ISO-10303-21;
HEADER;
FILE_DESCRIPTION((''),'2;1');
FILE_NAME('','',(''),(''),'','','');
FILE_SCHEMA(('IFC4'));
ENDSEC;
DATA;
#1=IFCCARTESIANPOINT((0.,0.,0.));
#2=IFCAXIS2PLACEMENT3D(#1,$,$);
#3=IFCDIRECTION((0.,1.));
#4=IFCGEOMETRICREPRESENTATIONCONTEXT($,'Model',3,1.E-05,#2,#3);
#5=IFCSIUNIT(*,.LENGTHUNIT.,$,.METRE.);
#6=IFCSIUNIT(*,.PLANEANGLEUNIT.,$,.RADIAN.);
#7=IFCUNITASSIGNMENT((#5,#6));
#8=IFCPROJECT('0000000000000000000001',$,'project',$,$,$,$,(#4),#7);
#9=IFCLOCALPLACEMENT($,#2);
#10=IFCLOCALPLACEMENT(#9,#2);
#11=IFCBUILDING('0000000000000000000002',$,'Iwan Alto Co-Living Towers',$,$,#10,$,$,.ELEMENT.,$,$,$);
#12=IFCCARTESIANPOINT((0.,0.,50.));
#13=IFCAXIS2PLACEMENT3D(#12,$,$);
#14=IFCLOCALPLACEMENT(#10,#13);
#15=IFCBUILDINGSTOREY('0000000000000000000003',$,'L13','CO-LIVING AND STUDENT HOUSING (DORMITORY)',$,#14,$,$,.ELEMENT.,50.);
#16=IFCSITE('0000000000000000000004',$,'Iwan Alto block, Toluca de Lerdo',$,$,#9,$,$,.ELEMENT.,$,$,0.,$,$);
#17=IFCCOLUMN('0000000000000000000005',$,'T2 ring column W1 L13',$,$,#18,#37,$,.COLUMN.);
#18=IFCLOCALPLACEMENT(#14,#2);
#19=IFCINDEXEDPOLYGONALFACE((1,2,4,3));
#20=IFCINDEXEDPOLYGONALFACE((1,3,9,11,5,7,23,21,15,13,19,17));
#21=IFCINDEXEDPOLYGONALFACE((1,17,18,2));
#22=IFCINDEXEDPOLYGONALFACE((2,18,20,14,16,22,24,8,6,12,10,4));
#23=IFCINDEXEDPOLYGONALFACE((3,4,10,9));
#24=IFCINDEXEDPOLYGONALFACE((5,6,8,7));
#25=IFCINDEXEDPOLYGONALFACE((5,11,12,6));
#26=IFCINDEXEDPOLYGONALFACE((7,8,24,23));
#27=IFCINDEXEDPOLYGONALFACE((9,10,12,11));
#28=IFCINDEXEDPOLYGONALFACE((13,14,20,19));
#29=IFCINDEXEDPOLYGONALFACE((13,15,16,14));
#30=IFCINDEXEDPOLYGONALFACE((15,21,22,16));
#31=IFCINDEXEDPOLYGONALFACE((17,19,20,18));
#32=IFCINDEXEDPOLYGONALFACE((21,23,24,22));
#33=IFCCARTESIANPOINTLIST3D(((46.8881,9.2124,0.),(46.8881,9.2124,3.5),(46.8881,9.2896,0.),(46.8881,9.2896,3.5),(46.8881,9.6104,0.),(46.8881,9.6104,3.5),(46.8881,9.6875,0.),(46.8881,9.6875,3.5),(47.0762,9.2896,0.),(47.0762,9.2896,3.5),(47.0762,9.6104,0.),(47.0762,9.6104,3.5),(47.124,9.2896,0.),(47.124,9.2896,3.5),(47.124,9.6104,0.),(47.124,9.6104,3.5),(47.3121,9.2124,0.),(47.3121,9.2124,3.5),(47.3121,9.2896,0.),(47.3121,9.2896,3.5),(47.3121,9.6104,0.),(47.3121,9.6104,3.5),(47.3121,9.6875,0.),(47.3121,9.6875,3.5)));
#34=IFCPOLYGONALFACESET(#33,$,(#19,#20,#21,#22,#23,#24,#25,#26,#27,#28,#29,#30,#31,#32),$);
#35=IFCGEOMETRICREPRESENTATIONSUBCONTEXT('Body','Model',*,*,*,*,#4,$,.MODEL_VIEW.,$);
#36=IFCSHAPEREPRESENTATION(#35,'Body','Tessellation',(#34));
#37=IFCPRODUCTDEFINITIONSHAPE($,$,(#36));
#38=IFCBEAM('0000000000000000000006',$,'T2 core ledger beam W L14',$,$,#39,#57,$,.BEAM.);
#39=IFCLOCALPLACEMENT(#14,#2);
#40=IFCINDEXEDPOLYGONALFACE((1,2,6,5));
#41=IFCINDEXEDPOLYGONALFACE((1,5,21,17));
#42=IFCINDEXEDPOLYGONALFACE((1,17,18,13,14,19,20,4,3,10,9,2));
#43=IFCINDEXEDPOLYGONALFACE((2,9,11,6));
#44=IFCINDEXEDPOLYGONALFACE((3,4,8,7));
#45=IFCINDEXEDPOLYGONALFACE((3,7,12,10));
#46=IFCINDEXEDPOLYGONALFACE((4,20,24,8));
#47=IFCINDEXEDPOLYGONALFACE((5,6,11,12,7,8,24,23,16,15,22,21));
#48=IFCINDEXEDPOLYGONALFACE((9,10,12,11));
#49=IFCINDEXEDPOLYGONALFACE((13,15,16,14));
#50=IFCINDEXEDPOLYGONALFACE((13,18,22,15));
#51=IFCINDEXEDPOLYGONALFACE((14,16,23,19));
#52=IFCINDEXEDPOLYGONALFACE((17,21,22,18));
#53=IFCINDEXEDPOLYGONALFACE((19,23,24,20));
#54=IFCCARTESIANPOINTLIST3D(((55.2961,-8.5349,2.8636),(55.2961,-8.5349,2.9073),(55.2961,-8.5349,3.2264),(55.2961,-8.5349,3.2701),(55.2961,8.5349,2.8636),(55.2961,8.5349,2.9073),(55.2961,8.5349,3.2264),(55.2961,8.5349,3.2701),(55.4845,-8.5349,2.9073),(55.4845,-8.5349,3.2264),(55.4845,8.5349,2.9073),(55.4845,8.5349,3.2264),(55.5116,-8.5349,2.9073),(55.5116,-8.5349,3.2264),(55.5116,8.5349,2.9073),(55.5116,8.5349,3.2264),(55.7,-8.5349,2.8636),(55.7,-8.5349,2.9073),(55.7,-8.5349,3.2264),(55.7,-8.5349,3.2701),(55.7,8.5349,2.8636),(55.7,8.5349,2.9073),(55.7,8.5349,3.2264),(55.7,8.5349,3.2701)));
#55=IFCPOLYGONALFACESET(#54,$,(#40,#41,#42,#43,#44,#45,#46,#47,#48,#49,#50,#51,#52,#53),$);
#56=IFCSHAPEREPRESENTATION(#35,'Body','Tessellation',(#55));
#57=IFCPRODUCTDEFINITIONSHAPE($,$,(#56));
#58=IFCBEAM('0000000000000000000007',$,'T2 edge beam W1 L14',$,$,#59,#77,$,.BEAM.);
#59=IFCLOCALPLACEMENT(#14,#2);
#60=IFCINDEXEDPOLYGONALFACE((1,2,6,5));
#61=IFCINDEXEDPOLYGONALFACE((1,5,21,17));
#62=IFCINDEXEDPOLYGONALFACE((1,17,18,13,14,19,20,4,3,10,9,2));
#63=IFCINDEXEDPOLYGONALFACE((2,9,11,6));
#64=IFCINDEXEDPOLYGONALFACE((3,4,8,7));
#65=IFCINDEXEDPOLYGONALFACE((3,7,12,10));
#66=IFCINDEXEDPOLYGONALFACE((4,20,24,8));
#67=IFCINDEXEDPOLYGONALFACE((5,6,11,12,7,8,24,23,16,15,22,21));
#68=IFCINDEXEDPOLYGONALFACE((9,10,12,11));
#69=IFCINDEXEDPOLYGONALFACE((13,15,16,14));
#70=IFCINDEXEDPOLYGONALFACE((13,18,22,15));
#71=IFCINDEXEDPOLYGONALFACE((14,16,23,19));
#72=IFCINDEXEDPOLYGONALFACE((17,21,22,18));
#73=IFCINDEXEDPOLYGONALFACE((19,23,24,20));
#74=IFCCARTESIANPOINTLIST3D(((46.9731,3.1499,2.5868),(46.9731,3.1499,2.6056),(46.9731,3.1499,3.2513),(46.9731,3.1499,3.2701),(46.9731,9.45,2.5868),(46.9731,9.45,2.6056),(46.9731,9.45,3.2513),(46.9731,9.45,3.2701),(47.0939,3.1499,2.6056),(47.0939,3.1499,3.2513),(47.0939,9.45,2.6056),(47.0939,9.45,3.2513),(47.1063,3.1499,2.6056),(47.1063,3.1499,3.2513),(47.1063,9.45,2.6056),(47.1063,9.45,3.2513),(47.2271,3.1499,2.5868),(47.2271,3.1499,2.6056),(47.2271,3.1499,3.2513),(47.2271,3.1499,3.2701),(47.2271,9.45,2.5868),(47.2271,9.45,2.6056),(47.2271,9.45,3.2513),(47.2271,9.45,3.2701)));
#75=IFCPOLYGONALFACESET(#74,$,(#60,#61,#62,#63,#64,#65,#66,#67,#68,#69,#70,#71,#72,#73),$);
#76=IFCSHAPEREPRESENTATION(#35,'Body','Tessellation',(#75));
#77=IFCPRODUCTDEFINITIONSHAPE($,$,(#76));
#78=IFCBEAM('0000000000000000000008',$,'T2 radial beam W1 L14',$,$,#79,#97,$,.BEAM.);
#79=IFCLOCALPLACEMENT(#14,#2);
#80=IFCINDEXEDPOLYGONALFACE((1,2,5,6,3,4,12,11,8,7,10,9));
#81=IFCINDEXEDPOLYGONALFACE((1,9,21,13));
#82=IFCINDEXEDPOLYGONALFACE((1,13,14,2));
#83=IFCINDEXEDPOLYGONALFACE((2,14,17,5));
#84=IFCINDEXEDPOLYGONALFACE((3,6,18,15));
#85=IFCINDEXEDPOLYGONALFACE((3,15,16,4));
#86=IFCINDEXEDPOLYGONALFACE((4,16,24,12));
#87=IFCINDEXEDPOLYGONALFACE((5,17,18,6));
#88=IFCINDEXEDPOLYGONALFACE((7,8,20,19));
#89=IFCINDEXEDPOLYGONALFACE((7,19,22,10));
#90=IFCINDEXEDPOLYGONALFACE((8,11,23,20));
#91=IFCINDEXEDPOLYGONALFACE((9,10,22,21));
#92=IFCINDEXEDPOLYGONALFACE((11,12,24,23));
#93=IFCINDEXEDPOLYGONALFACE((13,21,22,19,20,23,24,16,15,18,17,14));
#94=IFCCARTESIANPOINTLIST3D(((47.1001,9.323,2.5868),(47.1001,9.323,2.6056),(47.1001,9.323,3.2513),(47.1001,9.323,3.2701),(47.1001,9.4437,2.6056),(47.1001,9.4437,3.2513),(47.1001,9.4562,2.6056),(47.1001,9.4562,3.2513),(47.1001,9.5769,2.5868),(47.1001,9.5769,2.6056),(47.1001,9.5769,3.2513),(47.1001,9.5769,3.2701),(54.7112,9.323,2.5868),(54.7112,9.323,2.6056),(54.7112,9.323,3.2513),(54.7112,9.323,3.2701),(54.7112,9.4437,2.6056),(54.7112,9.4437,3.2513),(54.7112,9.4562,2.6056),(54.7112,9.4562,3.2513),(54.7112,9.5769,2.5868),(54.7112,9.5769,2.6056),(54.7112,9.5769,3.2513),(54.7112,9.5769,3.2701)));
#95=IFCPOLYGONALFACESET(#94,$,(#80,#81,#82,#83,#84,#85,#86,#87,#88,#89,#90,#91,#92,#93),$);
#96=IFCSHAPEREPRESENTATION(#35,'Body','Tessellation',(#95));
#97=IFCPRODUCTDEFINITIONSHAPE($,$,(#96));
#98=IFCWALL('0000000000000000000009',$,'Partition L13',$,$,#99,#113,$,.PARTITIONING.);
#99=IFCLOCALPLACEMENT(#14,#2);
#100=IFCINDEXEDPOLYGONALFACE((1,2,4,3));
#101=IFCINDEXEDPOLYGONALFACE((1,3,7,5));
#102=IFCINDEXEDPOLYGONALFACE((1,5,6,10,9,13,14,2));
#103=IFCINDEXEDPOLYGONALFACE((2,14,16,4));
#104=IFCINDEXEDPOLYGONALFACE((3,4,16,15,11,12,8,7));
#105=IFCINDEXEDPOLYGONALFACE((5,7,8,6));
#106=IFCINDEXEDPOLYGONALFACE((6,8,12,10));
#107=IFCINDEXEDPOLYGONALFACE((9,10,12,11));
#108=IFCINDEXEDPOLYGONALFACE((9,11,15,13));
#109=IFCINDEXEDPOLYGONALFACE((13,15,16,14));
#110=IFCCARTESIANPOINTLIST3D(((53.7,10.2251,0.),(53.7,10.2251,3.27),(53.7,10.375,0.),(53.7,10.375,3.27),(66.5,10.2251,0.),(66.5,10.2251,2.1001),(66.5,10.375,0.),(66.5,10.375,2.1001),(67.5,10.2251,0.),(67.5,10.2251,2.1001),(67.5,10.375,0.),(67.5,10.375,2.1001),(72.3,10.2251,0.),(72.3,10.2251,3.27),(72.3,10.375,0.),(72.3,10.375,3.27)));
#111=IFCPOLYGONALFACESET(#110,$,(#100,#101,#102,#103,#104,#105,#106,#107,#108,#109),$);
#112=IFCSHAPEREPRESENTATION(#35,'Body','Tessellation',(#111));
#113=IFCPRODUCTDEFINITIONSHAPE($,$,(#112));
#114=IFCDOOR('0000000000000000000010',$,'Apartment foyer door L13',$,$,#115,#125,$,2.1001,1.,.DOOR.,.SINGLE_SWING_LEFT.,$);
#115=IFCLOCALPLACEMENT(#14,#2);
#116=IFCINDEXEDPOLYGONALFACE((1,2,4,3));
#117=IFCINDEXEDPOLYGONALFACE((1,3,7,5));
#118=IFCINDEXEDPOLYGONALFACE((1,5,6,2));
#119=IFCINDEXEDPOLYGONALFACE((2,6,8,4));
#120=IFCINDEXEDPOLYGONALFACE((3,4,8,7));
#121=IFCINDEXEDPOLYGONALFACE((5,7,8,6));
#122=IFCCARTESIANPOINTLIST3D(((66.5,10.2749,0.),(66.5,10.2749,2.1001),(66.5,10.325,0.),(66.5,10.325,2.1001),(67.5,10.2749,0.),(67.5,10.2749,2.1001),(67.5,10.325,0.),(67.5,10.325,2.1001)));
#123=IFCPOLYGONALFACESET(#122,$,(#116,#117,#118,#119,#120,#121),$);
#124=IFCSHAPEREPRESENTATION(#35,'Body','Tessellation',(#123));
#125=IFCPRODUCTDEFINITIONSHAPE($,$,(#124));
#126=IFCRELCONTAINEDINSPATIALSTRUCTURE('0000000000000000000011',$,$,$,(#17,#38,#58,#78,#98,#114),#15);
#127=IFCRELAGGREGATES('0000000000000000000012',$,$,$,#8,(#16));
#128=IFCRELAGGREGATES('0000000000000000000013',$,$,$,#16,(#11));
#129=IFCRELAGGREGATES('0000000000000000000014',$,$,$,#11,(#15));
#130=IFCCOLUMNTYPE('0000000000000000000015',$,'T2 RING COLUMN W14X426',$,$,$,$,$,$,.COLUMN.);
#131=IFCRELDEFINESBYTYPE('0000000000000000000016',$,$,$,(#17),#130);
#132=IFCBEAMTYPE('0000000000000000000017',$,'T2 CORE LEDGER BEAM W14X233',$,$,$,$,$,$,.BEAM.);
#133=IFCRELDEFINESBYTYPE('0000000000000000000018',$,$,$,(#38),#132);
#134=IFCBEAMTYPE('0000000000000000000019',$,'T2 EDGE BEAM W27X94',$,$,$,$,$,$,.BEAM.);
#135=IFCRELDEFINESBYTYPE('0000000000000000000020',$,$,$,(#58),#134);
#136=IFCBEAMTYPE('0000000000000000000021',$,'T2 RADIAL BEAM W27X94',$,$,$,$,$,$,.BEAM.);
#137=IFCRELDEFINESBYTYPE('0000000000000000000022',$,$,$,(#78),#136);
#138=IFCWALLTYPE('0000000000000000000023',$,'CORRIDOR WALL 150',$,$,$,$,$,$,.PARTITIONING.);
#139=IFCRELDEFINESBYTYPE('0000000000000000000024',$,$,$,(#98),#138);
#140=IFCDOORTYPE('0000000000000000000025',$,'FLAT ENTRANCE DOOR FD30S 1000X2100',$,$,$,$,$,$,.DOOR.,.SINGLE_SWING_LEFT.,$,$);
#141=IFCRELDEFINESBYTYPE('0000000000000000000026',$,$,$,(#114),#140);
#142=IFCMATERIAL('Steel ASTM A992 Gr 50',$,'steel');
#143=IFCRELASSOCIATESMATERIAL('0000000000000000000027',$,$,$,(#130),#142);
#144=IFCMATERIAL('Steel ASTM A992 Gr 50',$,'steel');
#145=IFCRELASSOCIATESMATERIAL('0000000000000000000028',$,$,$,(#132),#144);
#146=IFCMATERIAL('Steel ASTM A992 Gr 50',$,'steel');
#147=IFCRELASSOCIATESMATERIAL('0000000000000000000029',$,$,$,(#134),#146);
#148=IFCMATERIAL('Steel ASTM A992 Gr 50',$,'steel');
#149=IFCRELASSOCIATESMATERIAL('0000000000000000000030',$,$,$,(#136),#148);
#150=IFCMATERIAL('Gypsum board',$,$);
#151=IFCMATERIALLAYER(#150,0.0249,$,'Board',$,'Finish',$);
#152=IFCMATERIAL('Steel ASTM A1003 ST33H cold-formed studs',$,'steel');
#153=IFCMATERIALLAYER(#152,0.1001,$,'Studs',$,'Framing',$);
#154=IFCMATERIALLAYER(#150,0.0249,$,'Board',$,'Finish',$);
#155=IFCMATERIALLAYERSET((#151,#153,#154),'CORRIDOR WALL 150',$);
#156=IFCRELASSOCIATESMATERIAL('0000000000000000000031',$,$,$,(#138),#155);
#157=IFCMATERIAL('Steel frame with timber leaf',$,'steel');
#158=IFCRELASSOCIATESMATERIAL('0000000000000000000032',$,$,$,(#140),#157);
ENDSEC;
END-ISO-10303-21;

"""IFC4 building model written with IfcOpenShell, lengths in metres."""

from ifc_helpers import new_model, si_unit, direction, frame, frame_2d, origin, origin_2d, place, context, subcontext, project, spatial, rectangle, i_section, extrude, material, layer, layer_set, material_profile, profile_set, type_object, element, fill, save


model = new_model("IFC4")

# Units and contexts
model_context = context("Model", 3, precision=1e-05, world=origin(), true_north=direction((0.0, 1.0)))
body_context = subcontext(model_context, "Body", "Model", "MODEL_VIEW")
ifc_project = project(units=[si_unit("LENGTHUNIT", "METRE"), si_unit("PLANEANGLEUNIT", "RADIAN")], contexts=[model_context])

# Site, building, storey
site_placement = place(None, origin())
site = spatial("IfcSite", under=ifc_project, at=site_placement, Name="Iwan Alto block, Toluca de Lerdo", CompositionType="ELEMENT", RefElevation=0.0)
building_placement = place(site_placement, origin())
building = spatial("IfcBuilding", under=site, at=building_placement, Name="Iwan Alto Co-Living Towers", CompositionType="ELEMENT")
storey_placement = place(building_placement, frame((0.0, 0.0, 50.0)))
storey = spatial("IfcBuildingStorey", under=building, at=storey_placement, Name="L13", Description="CO-LIVING AND STUDENT HOUSING (DORMITORY)", CompositionType="ELEMENT", Elevation=50.0)

# Column
ifc_material_1 = material(Name="Steel ASTM A992 Gr 50", Category="steel")
ifc_material_profile_1 = material_profile(ifc_material_1, i_section(OverallWidth=0.4241, OverallDepth=0.4751, WebThickness=0.0479, FlangeThickness=0.0771, at=origin_2d()), Name="W14X426")
ifc_profile_set_1 = profile_set([ifc_material_profile_1], Name="Steel ASTM A992 Gr 50")
column_type = type_object("IfcColumnType", Name="T2 RING COLUMN W14X426", PredefinedType="COLUMN", material=ifc_profile_set_1)
column_placement = place(storey_placement, frame((47.1001, 9.45, 0.0), z_axis=(0.0, 0.0, 1.0), x_axis=(1.0, 0.0, 0.0)))
element("IfcColumn", 1, at=column_placement, inside=storey, type_object=column_type, Name="T2 ring column W1 L13", PredefinedType="COLUMN", context=body_context, shape_type="SweptSolid", body=[
    extrude(i_section(OverallWidth=0.4241, OverallDepth=0.4751, WebThickness=0.0479, FlangeThickness=0.0771, at=origin_2d()), origin(), (0.0, 0.0, 1.0), 3.5),
])

# Beams
ifc_material_2 = material(Name="Steel ASTM A992 Gr 50", Category="steel")
ifc_material_profile_2 = material_profile(ifc_material_2, i_section(OverallWidth=0.4038, OverallDepth=0.4065, WebThickness=0.0271, FlangeThickness=0.0437, at=origin_2d()), Name="W14X233")
ifc_profile_set_2 = profile_set([ifc_material_profile_2], Name="Steel ASTM A992 Gr 50")
beam_type_1 = type_object("IfcBeamType", Name="T2 CORE LEDGER BEAM W14X233", PredefinedType="BEAM", material=ifc_profile_set_2)
beam_1_placement = place(storey_placement, frame((55.498, 8.5349, 3.0669), z_axis=(0.0, -1.0, 0.0), x_axis=(1.0, 0.0, 0.0)))
element("IfcBeam", 2, at=beam_1_placement, inside=storey, type_object=beam_type_1, Name="T2 core ledger beam W L14", PredefinedType="BEAM", context=body_context, shape_type="SweptSolid", body=[
    extrude(i_section(OverallWidth=0.4038, OverallDepth=0.4065, WebThickness=0.0271, FlangeThickness=0.0437, at=origin_2d()), origin(), (0.0, 0.0, 1.0), 17.0698),
])
ifc_material_3 = material(Name="Steel ASTM A992 Gr 50", Category="steel")
ifc_material_profile_3 = material_profile(ifc_material_3, i_section(OverallWidth=0.2539, OverallDepth=0.6833, WebThickness=0.0125, FlangeThickness=0.0188, at=origin_2d()), Name="W27X94")
ifc_profile_set_3 = profile_set([ifc_material_profile_3], Name="Steel ASTM A992 Gr 50")
beam_type_2 = type_object("IfcBeamType", Name="T2 EDGE BEAM W27X94", PredefinedType="BEAM", material=ifc_profile_set_3)
beam_2_placement = place(storey_placement, frame((47.1001, 9.45, 2.9285), z_axis=(0.0, -1.0, 0.0), x_axis=(1.0, 0.0, 0.0)))
element("IfcBeam", 3, at=beam_2_placement, inside=storey, type_object=beam_type_2, Name="T2 edge beam W1 L14", PredefinedType="BEAM", context=body_context, shape_type="SweptSolid", body=[
    extrude(i_section(OverallWidth=0.2539, OverallDepth=0.6833, WebThickness=0.0125, FlangeThickness=0.0188, at=origin_2d()), origin(), (0.0, 0.0, 1.0), 6.3),
])
ifc_material_4 = material(Name="Steel ASTM A992 Gr 50", Category="steel")
ifc_material_profile_4 = material_profile(ifc_material_4, i_section(OverallWidth=0.2539, OverallDepth=0.6833, WebThickness=0.0125, FlangeThickness=0.0188, at=origin_2d()), Name="W27X94")
ifc_profile_set_4 = profile_set([ifc_material_profile_4], Name="Steel ASTM A992 Gr 50")
beam_type_3 = type_object("IfcBeamType", Name="T2 RADIAL BEAM W27X94", PredefinedType="BEAM", material=ifc_profile_set_4)
beam_3_placement = place(storey_placement, frame((47.1001, 9.45, 2.9285), z_axis=(1.0, 0.0, 0.0), x_axis=(0.0, 1.0, 0.0)))
element("IfcBeam", 4, at=beam_3_placement, inside=storey, type_object=beam_type_3, Name="T2 radial beam W1 L14", PredefinedType="BEAM", context=body_context, shape_type="SweptSolid", body=[
    extrude(i_section(OverallWidth=0.2539, OverallDepth=0.6833, WebThickness=0.0125, FlangeThickness=0.0188, at=origin_2d()), origin(), (0.0, 0.0, 1.0), 7.6111),
])

# Wall, opening, door
ifc_material_5 = material(Name="Gypsum board")
ifc_layer_1 = layer(ifc_material_5, 0.0249, Name="Board", Category="Finish")
ifc_material_6 = material(Name="Steel ASTM A1003 ST33H cold-formed studs", Category="steel")
ifc_layer_2 = layer(ifc_material_6, 0.1001, Name="Studs", Category="Framing")
ifc_layer_3 = layer(ifc_material_5, 0.0249, Name="Board", Category="Finish")
ifc_layer_set_1 = layer_set([ifc_layer_1, ifc_layer_2, ifc_layer_3], Name="CORRIDOR WALL 150")
wall_type_1 = type_object("IfcWallType", Name="CORRIDOR WALL 150", PredefinedType="PARTITIONING", material=ifc_layer_set_1)
wall_1_placement = place(storey_placement, frame((53.7, 10.3, 0.0), z_axis=(0.0, 0.0, 1.0), x_axis=(1.0, 0.0, 0.0)))
wall_1 = element("IfcWall", 5, at=wall_1_placement, inside=storey, type_object=wall_type_1, Name="Partition L13", PredefinedType="PARTITIONING", context=body_context, shape_type="SweptSolid", body=[
    extrude(rectangle(XDim=18.6001, YDim=0.1499, at=frame_2d((9.3, 0.0))), origin(), (0.0, 0.0, 1.0), 3.27),
])
opening_1_placement = place(wall_1_placement, frame((12.8, 0.0, 0.0)))
opening_1 = element("IfcOpeningElement", 6, at=opening_1_placement, cuts=wall_1, PredefinedType="OPENING", context=body_context, shape_type="SweptSolid", body=[
    extrude(rectangle(XDim=1.0, YDim=2.1001, at=frame_2d((0.5, 1.05))), frame((0.0, 0.085, 0.0), z_axis=(0.0, -1.0, 0.0), x_axis=(1.0, 0.0, 0.0)), (0.0, 0.0, 1.0), 0.1699),
])
ifc_material_7 = material(Name="Steel frame with timber leaf", Category="steel")
door_type_1 = type_object("IfcDoorType", Name="FLAT ENTRANCE DOOR FD30S 1000X2100", OperationType="SINGLE_SWING_LEFT", PredefinedType="DOOR", material=ifc_material_7)
door_1_placement = place(opening_1_placement, origin())
door_1 = element("IfcDoor", 7, at=door_1_placement, inside=storey, type_object=door_type_1, Name="Apartment foyer door L13", OperationType="SINGLE_SWING_LEFT", OverallHeight=2.1001, OverallWidth=1.0, PredefinedType="DOOR", context=body_context, shape_type="SweptSolid", body=[
    extrude(rectangle(XDim=1.0, YDim=2.1001, at=frame_2d((0.5, 1.05))), frame((0.0, 0.0249, 0.0), z_axis=(0.0, -1.0, 0.0), x_axis=(1.0, 0.0, 0.0)), (0.0, 0.0, 1.0), 0.05),
])
fill(opening_1, door_1)

save(model, "model.ifc")
